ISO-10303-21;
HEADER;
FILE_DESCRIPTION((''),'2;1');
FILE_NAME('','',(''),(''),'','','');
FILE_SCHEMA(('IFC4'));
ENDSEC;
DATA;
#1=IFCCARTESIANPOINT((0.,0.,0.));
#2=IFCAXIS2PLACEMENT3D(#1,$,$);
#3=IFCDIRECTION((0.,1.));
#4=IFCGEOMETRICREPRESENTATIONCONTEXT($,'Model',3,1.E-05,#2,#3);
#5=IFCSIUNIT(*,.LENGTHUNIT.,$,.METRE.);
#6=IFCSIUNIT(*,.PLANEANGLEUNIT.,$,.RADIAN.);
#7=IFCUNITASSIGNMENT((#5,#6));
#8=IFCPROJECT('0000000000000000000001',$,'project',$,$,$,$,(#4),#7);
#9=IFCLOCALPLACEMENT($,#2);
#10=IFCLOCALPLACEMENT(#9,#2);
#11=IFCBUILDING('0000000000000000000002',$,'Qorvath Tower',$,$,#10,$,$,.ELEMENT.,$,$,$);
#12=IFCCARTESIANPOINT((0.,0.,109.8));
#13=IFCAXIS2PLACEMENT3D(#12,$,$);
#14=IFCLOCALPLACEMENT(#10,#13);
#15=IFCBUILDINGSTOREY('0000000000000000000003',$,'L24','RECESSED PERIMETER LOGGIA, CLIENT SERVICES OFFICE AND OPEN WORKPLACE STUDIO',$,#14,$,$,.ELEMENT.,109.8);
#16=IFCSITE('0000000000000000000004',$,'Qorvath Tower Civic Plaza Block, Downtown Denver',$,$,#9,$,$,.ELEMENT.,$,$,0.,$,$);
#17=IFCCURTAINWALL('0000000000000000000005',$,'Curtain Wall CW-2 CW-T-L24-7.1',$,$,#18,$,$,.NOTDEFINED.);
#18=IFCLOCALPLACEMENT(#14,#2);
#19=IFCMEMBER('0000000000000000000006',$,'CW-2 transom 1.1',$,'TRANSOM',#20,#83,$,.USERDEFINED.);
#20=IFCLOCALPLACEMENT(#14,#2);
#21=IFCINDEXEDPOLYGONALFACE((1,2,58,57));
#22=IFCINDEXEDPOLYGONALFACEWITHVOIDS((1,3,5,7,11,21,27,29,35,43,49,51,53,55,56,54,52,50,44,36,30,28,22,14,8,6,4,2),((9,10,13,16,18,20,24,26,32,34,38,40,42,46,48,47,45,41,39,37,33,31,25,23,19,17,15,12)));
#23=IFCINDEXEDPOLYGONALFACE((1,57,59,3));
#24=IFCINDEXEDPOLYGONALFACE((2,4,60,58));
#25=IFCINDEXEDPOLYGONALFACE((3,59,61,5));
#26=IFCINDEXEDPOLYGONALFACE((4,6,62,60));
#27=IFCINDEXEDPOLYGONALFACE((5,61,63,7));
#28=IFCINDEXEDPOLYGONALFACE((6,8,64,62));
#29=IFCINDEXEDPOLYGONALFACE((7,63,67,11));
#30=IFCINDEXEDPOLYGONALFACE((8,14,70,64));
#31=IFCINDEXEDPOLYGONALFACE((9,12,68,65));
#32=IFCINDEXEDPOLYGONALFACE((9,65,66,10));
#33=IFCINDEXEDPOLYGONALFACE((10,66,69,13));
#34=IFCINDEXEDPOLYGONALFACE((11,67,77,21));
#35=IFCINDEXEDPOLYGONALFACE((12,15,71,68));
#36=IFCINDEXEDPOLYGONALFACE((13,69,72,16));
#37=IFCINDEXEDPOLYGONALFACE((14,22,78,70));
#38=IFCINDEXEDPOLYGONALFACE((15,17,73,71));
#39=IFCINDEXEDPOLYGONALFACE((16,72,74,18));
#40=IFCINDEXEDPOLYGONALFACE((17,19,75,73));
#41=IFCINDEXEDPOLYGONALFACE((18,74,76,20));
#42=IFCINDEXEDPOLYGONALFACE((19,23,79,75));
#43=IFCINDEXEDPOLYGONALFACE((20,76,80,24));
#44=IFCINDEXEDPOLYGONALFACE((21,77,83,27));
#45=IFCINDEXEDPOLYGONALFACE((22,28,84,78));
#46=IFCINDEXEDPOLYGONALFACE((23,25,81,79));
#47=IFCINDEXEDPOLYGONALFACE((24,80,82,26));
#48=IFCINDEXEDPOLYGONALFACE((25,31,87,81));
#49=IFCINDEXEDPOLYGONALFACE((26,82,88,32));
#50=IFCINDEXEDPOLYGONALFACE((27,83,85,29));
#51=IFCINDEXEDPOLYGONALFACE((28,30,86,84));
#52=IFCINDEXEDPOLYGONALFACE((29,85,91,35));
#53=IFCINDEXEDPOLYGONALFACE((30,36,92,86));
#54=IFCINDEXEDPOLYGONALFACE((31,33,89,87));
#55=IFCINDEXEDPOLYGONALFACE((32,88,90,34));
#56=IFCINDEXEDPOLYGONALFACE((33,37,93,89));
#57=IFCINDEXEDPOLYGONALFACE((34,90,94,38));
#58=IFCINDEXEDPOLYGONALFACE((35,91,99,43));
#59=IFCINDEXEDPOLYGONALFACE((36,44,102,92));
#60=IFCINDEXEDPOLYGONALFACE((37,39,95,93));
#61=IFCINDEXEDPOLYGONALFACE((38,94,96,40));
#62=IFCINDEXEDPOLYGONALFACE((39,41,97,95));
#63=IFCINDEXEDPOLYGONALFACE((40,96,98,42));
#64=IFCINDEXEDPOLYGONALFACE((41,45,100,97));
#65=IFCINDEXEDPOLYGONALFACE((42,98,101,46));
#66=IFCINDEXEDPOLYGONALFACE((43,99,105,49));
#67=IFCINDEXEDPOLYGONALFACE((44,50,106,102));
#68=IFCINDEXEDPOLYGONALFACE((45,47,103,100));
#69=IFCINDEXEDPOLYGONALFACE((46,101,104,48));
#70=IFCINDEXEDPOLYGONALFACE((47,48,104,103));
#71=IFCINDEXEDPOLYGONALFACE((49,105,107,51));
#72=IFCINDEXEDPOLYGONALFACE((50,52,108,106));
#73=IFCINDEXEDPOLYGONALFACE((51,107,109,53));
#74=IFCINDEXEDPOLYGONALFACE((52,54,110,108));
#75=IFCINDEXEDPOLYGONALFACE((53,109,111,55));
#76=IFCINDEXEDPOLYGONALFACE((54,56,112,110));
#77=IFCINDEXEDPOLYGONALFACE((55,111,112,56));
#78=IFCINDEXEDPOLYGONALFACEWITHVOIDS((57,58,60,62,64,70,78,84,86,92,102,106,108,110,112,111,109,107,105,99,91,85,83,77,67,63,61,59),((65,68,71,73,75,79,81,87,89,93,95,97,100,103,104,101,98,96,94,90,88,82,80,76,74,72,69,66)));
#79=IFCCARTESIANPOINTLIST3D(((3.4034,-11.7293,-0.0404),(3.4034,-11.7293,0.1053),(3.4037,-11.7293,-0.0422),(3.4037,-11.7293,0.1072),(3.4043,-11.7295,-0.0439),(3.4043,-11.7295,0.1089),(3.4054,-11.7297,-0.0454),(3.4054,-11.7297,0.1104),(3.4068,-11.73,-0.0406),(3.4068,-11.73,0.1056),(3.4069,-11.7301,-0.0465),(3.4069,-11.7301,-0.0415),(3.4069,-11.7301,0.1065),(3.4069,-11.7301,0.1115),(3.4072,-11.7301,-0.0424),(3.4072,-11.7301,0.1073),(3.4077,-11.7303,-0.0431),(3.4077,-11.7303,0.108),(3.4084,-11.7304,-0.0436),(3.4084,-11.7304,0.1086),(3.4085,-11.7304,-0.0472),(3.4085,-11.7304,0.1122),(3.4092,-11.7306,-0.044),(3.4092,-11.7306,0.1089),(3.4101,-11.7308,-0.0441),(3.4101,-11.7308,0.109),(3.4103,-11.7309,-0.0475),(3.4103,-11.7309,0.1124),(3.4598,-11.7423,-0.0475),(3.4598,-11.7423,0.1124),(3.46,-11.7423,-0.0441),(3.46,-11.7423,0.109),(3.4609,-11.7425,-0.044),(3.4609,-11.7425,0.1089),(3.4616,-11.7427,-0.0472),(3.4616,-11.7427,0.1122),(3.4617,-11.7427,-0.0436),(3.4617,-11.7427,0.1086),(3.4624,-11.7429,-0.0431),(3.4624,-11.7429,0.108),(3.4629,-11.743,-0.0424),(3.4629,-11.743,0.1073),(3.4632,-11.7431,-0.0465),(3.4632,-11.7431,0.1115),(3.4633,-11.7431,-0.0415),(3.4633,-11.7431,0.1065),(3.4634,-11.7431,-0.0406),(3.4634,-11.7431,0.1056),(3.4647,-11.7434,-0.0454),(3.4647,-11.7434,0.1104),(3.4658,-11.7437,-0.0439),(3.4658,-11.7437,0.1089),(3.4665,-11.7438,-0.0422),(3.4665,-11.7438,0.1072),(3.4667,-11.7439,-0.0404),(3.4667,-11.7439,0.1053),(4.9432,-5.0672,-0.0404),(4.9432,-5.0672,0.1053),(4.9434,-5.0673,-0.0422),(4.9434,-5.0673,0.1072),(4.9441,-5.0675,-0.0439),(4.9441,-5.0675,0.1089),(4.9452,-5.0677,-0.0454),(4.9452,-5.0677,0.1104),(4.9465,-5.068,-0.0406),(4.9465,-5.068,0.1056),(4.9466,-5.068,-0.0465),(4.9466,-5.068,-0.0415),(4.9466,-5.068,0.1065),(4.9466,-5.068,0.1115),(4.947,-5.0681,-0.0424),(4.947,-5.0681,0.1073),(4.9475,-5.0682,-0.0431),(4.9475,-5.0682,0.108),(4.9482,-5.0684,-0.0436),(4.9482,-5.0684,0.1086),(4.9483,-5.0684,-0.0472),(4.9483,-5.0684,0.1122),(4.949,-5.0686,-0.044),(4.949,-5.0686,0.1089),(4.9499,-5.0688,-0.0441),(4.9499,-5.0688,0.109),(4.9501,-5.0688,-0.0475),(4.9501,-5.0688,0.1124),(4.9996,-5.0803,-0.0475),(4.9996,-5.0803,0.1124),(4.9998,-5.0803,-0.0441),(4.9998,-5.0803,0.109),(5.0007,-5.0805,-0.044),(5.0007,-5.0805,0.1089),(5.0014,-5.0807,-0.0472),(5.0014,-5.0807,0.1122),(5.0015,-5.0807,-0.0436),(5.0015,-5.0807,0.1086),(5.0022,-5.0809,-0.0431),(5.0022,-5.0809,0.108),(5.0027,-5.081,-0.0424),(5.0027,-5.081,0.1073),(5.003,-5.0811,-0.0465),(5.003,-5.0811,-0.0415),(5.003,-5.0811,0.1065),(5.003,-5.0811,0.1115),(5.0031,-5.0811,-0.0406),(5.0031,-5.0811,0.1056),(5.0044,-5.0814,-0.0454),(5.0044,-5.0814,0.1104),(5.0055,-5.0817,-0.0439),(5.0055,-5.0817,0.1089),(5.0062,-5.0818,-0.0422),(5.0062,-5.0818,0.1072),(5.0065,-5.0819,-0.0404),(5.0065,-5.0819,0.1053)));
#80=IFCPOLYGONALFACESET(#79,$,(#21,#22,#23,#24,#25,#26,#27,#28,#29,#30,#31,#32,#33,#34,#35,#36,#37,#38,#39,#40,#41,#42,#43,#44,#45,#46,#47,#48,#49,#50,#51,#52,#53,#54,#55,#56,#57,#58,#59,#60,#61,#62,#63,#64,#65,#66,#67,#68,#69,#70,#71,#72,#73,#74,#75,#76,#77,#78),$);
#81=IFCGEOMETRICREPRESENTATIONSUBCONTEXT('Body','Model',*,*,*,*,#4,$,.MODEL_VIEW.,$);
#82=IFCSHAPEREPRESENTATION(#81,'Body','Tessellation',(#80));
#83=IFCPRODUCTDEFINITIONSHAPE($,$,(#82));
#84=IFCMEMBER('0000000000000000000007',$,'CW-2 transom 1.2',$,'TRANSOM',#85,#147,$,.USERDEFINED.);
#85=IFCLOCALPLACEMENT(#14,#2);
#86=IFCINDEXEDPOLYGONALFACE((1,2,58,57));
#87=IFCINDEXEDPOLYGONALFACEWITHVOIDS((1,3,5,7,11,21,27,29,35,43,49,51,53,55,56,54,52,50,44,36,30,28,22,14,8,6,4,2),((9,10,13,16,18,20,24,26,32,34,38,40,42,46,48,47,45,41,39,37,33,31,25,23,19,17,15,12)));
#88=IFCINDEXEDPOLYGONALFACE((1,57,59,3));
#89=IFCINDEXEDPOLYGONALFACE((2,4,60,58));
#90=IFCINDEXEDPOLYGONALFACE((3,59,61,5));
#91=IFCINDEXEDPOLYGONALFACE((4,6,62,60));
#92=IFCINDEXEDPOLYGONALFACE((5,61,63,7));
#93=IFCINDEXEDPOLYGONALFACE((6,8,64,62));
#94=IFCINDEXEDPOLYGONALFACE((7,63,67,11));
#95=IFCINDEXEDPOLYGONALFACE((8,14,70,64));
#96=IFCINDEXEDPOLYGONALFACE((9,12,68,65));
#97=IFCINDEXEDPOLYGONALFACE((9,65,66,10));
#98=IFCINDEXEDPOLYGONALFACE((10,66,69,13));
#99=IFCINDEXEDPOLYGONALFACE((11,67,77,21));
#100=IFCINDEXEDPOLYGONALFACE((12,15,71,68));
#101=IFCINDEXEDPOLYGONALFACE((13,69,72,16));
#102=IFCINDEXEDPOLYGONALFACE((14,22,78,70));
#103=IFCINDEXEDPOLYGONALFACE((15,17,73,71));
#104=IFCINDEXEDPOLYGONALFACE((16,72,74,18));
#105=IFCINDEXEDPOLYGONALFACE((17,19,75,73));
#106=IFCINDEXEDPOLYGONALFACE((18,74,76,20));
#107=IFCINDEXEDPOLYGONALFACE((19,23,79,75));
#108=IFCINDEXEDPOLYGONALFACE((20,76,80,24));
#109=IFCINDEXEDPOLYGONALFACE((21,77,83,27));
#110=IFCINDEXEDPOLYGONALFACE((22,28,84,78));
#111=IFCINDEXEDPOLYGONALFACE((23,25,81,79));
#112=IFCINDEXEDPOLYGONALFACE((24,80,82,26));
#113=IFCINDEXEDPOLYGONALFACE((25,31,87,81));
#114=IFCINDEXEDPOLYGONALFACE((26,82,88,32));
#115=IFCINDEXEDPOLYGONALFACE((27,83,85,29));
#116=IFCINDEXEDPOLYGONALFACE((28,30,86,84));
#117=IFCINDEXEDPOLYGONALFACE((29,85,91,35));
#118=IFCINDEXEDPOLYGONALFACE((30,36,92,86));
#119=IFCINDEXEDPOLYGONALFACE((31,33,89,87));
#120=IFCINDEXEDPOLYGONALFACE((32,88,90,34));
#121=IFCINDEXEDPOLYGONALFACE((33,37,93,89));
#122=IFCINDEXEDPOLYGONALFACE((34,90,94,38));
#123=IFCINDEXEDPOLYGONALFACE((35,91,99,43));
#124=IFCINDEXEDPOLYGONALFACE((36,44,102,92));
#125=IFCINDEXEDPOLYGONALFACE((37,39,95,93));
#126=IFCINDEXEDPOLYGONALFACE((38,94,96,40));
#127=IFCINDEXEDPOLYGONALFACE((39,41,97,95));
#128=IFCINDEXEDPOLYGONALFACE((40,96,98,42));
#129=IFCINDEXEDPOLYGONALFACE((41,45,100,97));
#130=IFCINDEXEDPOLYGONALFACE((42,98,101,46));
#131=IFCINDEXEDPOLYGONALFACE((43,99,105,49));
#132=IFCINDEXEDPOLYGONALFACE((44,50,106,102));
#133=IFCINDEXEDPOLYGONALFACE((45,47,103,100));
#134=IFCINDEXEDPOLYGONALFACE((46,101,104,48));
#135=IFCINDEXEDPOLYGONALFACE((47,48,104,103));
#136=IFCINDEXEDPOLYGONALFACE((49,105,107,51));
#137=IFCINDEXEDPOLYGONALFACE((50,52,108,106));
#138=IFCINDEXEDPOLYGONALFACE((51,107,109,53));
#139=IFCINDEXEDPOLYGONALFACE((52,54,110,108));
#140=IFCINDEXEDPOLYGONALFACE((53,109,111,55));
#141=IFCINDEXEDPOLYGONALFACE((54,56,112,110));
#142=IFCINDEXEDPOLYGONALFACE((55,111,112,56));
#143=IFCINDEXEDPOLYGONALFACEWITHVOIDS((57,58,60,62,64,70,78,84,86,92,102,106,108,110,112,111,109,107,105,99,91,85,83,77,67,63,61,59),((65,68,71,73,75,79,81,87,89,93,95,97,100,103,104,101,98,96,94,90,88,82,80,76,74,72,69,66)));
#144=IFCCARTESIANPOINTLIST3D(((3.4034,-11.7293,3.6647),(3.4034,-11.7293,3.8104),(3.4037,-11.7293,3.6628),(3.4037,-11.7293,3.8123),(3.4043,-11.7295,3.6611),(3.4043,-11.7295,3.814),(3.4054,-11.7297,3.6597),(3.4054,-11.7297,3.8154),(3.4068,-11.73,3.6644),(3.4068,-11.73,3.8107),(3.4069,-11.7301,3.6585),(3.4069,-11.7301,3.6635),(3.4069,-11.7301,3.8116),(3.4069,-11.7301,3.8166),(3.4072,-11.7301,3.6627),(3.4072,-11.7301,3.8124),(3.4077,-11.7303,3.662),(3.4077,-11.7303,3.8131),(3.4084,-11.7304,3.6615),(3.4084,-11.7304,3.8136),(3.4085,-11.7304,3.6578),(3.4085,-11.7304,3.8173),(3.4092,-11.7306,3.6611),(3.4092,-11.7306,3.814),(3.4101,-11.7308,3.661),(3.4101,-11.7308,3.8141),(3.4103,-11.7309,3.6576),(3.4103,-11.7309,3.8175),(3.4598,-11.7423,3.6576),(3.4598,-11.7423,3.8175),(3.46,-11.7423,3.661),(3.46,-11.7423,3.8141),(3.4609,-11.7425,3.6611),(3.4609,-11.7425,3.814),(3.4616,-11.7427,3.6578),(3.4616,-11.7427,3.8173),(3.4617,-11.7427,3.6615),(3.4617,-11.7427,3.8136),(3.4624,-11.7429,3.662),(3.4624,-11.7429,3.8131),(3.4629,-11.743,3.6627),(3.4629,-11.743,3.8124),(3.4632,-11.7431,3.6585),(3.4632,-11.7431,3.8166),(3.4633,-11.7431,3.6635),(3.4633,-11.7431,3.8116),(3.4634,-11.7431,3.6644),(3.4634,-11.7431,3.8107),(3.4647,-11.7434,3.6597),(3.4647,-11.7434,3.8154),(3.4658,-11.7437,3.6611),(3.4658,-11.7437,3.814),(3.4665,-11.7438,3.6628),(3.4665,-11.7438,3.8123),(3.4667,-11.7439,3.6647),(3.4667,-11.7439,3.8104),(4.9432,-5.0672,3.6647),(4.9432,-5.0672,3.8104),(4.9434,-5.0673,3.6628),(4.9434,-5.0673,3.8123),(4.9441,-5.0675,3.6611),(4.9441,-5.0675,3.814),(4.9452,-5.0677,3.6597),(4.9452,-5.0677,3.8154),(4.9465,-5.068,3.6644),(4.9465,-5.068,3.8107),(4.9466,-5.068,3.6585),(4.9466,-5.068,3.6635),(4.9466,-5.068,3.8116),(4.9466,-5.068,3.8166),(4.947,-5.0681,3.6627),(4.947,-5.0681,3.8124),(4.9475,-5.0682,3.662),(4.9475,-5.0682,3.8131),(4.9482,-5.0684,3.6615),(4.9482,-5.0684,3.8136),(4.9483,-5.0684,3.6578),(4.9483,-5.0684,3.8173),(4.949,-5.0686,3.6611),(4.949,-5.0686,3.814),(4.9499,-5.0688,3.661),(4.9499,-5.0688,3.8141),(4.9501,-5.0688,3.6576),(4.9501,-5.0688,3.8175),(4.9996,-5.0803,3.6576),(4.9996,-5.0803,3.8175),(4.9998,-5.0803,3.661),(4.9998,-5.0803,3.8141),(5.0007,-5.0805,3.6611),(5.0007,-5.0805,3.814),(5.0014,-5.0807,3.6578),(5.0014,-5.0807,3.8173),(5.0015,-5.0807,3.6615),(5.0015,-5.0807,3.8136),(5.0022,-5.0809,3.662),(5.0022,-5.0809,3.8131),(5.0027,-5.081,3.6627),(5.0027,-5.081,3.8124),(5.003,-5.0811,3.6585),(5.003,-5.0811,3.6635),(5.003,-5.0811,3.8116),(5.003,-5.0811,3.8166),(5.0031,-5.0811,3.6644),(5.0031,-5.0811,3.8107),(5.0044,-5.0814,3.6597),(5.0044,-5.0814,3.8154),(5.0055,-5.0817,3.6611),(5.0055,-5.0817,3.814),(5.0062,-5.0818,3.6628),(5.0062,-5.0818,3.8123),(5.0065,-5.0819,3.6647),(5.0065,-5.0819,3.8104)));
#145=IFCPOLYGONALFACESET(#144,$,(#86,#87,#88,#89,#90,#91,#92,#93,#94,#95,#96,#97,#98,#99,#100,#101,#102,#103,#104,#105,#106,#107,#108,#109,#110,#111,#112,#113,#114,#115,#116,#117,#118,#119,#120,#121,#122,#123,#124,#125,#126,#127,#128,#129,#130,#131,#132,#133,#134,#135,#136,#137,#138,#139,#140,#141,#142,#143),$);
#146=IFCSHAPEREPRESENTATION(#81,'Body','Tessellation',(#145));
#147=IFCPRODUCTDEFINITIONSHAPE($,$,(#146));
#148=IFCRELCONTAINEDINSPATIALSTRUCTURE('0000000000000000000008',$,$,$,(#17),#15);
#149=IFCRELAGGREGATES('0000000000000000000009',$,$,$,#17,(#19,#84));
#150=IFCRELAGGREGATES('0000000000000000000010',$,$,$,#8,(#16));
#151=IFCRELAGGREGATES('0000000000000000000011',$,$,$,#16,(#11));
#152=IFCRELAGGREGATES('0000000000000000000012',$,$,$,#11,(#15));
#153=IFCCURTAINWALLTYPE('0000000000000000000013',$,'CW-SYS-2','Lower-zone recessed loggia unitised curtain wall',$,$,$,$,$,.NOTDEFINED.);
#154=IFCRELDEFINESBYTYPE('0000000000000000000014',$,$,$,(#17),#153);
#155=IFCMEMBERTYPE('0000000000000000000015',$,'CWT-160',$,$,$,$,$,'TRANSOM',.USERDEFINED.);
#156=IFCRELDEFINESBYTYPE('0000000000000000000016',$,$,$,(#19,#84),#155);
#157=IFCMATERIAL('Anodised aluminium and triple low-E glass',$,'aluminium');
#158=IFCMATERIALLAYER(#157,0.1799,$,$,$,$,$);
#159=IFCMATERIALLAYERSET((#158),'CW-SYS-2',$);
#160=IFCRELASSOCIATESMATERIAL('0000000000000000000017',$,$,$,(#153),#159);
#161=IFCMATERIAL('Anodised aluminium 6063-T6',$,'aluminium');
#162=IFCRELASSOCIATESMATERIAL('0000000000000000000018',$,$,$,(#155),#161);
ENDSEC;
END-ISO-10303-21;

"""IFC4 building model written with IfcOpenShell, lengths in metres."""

from ifc_helpers import new_model, si_unit, direction, frame, origin, origin_2d, place, context, subcontext, project, spatial, hollow_rectangle, extrude, material, layer, layer_set, material_profile, profile_set, type_object, element, aggregate, save


model = new_model("IFC4")

# Units and contexts
model_context = context("Model", 3, precision=1e-05, world=origin(), true_north=direction((0.0, 1.0)))
body_context = subcontext(model_context, "Body", "Model", "MODEL_VIEW")
ifc_project = project(units=[si_unit("LENGTHUNIT", "METRE"), si_unit("PLANEANGLEUNIT", "RADIAN")], contexts=[model_context])

# Site, building, storey
site_placement = place(None, origin())
site = spatial("IfcSite", under=ifc_project, at=site_placement, Name="Qorvath Tower Civic Plaza Block, Downtown Denver", CompositionType="ELEMENT", RefElevation=0.0)
building_placement = place(site_placement, origin())
building = spatial("IfcBuilding", under=site, at=building_placement, Name="Qorvath Tower", CompositionType="ELEMENT")
storey_placement = place(building_placement, frame((0.0, 0.0, 109.8)))
storey = spatial("IfcBuildingStorey", under=building, at=storey_placement, Name="L24", Description="RECESSED PERIMETER LOGGIA, CLIENT SERVICES OFFICE AND OPEN WORKPLACE STUDIO", CompositionType="ELEMENT", Elevation=109.8)

# Shared definitions
ifc_material_1 = material(Name="Anodised aluminium and triple low-E glass", Category="aluminium")
ifc_layer_1 = layer(ifc_material_1, 0.1799)
ifc_layer_set_1 = layer_set([ifc_layer_1], Name="CW-SYS-2")
curtain_wall_type = type_object("IfcCurtainWallType", Name="CW-SYS-2", Description="Lower-zone recessed loggia unitised curtain wall", PredefinedType="NOTDEFINED", material=ifc_layer_set_1)

# Curtain wall
curtain_wall_1_placement = place(storey_placement, origin())
curtain_wall_1 = element("IfcCurtainWall", 1, at=curtain_wall_1_placement, inside=storey, type_object=curtain_wall_type, Name="Curtain Wall CW-2 CW-T-L24-7.1", PredefinedType="NOTDEFINED")

# Members
ifc_material_2 = material(Name="Anodised aluminium 6063-T6", Category="aluminium")
ifc_material_profile_1 = material_profile(ifc_material_2, hollow_rectangle(XDim=0.0649, YDim=0.1599, WallThickness=0.0034, InnerFilletRadius=0.0034, OuterFilletRadius=0.0071, at=origin_2d()), Name="CWT 160x65")
ifc_profile_set_1 = profile_set([ifc_material_profile_1], Name="Anodised aluminium 6063-T6")
member_type_1 = type_object("IfcMemberType", Name="CWT-160", ElementType="TRANSOM", PredefinedType="USERDEFINED", material=ifc_profile_set_1)
member_1_placement = place(storey_placement, frame((3.4351, -11.7366, 0.0325), z_axis=(0.225191, 0.974315, 0.0), x_axis=(-0.974315, 0.225191, 0.0)))
member_1 = element("IfcMember", 2, at=member_1_placement, type_object=member_type_1, Name="CW-2 transom 1.1", ObjectType="TRANSOM", PredefinedType="USERDEFINED", context=body_context, shape_type="SweptSolid", body=[
    extrude(hollow_rectangle(XDim=0.0649, YDim=0.1599, WallThickness=0.0034, InnerFilletRadius=0.0034, OuterFilletRadius=0.0071, at=origin_2d()), origin(), (0.0, 0.0, 1.0), 6.8376),
])
member_2_placement = place(storey_placement, frame((3.4351, -11.7366, 3.7375), z_axis=(0.225191, 0.974315, 0.0), x_axis=(-0.974315, 0.225191, 0.0)))
member_2 = element("IfcMember", 3, at=member_2_placement, type_object=member_type_1, Name="CW-2 transom 1.2", ObjectType="TRANSOM", PredefinedType="USERDEFINED", context=body_context, shape_type="SweptSolid", body=[
    extrude(hollow_rectangle(XDim=0.0649, YDim=0.1599, WallThickness=0.0034, InnerFilletRadius=0.0034, OuterFilletRadius=0.0071, at=origin_2d()), origin(), (0.0, 0.0, 1.0), 6.8376),
])

aggregate(curtain_wall_1, [member_1, member_2])

save(model, "model.ifc")
